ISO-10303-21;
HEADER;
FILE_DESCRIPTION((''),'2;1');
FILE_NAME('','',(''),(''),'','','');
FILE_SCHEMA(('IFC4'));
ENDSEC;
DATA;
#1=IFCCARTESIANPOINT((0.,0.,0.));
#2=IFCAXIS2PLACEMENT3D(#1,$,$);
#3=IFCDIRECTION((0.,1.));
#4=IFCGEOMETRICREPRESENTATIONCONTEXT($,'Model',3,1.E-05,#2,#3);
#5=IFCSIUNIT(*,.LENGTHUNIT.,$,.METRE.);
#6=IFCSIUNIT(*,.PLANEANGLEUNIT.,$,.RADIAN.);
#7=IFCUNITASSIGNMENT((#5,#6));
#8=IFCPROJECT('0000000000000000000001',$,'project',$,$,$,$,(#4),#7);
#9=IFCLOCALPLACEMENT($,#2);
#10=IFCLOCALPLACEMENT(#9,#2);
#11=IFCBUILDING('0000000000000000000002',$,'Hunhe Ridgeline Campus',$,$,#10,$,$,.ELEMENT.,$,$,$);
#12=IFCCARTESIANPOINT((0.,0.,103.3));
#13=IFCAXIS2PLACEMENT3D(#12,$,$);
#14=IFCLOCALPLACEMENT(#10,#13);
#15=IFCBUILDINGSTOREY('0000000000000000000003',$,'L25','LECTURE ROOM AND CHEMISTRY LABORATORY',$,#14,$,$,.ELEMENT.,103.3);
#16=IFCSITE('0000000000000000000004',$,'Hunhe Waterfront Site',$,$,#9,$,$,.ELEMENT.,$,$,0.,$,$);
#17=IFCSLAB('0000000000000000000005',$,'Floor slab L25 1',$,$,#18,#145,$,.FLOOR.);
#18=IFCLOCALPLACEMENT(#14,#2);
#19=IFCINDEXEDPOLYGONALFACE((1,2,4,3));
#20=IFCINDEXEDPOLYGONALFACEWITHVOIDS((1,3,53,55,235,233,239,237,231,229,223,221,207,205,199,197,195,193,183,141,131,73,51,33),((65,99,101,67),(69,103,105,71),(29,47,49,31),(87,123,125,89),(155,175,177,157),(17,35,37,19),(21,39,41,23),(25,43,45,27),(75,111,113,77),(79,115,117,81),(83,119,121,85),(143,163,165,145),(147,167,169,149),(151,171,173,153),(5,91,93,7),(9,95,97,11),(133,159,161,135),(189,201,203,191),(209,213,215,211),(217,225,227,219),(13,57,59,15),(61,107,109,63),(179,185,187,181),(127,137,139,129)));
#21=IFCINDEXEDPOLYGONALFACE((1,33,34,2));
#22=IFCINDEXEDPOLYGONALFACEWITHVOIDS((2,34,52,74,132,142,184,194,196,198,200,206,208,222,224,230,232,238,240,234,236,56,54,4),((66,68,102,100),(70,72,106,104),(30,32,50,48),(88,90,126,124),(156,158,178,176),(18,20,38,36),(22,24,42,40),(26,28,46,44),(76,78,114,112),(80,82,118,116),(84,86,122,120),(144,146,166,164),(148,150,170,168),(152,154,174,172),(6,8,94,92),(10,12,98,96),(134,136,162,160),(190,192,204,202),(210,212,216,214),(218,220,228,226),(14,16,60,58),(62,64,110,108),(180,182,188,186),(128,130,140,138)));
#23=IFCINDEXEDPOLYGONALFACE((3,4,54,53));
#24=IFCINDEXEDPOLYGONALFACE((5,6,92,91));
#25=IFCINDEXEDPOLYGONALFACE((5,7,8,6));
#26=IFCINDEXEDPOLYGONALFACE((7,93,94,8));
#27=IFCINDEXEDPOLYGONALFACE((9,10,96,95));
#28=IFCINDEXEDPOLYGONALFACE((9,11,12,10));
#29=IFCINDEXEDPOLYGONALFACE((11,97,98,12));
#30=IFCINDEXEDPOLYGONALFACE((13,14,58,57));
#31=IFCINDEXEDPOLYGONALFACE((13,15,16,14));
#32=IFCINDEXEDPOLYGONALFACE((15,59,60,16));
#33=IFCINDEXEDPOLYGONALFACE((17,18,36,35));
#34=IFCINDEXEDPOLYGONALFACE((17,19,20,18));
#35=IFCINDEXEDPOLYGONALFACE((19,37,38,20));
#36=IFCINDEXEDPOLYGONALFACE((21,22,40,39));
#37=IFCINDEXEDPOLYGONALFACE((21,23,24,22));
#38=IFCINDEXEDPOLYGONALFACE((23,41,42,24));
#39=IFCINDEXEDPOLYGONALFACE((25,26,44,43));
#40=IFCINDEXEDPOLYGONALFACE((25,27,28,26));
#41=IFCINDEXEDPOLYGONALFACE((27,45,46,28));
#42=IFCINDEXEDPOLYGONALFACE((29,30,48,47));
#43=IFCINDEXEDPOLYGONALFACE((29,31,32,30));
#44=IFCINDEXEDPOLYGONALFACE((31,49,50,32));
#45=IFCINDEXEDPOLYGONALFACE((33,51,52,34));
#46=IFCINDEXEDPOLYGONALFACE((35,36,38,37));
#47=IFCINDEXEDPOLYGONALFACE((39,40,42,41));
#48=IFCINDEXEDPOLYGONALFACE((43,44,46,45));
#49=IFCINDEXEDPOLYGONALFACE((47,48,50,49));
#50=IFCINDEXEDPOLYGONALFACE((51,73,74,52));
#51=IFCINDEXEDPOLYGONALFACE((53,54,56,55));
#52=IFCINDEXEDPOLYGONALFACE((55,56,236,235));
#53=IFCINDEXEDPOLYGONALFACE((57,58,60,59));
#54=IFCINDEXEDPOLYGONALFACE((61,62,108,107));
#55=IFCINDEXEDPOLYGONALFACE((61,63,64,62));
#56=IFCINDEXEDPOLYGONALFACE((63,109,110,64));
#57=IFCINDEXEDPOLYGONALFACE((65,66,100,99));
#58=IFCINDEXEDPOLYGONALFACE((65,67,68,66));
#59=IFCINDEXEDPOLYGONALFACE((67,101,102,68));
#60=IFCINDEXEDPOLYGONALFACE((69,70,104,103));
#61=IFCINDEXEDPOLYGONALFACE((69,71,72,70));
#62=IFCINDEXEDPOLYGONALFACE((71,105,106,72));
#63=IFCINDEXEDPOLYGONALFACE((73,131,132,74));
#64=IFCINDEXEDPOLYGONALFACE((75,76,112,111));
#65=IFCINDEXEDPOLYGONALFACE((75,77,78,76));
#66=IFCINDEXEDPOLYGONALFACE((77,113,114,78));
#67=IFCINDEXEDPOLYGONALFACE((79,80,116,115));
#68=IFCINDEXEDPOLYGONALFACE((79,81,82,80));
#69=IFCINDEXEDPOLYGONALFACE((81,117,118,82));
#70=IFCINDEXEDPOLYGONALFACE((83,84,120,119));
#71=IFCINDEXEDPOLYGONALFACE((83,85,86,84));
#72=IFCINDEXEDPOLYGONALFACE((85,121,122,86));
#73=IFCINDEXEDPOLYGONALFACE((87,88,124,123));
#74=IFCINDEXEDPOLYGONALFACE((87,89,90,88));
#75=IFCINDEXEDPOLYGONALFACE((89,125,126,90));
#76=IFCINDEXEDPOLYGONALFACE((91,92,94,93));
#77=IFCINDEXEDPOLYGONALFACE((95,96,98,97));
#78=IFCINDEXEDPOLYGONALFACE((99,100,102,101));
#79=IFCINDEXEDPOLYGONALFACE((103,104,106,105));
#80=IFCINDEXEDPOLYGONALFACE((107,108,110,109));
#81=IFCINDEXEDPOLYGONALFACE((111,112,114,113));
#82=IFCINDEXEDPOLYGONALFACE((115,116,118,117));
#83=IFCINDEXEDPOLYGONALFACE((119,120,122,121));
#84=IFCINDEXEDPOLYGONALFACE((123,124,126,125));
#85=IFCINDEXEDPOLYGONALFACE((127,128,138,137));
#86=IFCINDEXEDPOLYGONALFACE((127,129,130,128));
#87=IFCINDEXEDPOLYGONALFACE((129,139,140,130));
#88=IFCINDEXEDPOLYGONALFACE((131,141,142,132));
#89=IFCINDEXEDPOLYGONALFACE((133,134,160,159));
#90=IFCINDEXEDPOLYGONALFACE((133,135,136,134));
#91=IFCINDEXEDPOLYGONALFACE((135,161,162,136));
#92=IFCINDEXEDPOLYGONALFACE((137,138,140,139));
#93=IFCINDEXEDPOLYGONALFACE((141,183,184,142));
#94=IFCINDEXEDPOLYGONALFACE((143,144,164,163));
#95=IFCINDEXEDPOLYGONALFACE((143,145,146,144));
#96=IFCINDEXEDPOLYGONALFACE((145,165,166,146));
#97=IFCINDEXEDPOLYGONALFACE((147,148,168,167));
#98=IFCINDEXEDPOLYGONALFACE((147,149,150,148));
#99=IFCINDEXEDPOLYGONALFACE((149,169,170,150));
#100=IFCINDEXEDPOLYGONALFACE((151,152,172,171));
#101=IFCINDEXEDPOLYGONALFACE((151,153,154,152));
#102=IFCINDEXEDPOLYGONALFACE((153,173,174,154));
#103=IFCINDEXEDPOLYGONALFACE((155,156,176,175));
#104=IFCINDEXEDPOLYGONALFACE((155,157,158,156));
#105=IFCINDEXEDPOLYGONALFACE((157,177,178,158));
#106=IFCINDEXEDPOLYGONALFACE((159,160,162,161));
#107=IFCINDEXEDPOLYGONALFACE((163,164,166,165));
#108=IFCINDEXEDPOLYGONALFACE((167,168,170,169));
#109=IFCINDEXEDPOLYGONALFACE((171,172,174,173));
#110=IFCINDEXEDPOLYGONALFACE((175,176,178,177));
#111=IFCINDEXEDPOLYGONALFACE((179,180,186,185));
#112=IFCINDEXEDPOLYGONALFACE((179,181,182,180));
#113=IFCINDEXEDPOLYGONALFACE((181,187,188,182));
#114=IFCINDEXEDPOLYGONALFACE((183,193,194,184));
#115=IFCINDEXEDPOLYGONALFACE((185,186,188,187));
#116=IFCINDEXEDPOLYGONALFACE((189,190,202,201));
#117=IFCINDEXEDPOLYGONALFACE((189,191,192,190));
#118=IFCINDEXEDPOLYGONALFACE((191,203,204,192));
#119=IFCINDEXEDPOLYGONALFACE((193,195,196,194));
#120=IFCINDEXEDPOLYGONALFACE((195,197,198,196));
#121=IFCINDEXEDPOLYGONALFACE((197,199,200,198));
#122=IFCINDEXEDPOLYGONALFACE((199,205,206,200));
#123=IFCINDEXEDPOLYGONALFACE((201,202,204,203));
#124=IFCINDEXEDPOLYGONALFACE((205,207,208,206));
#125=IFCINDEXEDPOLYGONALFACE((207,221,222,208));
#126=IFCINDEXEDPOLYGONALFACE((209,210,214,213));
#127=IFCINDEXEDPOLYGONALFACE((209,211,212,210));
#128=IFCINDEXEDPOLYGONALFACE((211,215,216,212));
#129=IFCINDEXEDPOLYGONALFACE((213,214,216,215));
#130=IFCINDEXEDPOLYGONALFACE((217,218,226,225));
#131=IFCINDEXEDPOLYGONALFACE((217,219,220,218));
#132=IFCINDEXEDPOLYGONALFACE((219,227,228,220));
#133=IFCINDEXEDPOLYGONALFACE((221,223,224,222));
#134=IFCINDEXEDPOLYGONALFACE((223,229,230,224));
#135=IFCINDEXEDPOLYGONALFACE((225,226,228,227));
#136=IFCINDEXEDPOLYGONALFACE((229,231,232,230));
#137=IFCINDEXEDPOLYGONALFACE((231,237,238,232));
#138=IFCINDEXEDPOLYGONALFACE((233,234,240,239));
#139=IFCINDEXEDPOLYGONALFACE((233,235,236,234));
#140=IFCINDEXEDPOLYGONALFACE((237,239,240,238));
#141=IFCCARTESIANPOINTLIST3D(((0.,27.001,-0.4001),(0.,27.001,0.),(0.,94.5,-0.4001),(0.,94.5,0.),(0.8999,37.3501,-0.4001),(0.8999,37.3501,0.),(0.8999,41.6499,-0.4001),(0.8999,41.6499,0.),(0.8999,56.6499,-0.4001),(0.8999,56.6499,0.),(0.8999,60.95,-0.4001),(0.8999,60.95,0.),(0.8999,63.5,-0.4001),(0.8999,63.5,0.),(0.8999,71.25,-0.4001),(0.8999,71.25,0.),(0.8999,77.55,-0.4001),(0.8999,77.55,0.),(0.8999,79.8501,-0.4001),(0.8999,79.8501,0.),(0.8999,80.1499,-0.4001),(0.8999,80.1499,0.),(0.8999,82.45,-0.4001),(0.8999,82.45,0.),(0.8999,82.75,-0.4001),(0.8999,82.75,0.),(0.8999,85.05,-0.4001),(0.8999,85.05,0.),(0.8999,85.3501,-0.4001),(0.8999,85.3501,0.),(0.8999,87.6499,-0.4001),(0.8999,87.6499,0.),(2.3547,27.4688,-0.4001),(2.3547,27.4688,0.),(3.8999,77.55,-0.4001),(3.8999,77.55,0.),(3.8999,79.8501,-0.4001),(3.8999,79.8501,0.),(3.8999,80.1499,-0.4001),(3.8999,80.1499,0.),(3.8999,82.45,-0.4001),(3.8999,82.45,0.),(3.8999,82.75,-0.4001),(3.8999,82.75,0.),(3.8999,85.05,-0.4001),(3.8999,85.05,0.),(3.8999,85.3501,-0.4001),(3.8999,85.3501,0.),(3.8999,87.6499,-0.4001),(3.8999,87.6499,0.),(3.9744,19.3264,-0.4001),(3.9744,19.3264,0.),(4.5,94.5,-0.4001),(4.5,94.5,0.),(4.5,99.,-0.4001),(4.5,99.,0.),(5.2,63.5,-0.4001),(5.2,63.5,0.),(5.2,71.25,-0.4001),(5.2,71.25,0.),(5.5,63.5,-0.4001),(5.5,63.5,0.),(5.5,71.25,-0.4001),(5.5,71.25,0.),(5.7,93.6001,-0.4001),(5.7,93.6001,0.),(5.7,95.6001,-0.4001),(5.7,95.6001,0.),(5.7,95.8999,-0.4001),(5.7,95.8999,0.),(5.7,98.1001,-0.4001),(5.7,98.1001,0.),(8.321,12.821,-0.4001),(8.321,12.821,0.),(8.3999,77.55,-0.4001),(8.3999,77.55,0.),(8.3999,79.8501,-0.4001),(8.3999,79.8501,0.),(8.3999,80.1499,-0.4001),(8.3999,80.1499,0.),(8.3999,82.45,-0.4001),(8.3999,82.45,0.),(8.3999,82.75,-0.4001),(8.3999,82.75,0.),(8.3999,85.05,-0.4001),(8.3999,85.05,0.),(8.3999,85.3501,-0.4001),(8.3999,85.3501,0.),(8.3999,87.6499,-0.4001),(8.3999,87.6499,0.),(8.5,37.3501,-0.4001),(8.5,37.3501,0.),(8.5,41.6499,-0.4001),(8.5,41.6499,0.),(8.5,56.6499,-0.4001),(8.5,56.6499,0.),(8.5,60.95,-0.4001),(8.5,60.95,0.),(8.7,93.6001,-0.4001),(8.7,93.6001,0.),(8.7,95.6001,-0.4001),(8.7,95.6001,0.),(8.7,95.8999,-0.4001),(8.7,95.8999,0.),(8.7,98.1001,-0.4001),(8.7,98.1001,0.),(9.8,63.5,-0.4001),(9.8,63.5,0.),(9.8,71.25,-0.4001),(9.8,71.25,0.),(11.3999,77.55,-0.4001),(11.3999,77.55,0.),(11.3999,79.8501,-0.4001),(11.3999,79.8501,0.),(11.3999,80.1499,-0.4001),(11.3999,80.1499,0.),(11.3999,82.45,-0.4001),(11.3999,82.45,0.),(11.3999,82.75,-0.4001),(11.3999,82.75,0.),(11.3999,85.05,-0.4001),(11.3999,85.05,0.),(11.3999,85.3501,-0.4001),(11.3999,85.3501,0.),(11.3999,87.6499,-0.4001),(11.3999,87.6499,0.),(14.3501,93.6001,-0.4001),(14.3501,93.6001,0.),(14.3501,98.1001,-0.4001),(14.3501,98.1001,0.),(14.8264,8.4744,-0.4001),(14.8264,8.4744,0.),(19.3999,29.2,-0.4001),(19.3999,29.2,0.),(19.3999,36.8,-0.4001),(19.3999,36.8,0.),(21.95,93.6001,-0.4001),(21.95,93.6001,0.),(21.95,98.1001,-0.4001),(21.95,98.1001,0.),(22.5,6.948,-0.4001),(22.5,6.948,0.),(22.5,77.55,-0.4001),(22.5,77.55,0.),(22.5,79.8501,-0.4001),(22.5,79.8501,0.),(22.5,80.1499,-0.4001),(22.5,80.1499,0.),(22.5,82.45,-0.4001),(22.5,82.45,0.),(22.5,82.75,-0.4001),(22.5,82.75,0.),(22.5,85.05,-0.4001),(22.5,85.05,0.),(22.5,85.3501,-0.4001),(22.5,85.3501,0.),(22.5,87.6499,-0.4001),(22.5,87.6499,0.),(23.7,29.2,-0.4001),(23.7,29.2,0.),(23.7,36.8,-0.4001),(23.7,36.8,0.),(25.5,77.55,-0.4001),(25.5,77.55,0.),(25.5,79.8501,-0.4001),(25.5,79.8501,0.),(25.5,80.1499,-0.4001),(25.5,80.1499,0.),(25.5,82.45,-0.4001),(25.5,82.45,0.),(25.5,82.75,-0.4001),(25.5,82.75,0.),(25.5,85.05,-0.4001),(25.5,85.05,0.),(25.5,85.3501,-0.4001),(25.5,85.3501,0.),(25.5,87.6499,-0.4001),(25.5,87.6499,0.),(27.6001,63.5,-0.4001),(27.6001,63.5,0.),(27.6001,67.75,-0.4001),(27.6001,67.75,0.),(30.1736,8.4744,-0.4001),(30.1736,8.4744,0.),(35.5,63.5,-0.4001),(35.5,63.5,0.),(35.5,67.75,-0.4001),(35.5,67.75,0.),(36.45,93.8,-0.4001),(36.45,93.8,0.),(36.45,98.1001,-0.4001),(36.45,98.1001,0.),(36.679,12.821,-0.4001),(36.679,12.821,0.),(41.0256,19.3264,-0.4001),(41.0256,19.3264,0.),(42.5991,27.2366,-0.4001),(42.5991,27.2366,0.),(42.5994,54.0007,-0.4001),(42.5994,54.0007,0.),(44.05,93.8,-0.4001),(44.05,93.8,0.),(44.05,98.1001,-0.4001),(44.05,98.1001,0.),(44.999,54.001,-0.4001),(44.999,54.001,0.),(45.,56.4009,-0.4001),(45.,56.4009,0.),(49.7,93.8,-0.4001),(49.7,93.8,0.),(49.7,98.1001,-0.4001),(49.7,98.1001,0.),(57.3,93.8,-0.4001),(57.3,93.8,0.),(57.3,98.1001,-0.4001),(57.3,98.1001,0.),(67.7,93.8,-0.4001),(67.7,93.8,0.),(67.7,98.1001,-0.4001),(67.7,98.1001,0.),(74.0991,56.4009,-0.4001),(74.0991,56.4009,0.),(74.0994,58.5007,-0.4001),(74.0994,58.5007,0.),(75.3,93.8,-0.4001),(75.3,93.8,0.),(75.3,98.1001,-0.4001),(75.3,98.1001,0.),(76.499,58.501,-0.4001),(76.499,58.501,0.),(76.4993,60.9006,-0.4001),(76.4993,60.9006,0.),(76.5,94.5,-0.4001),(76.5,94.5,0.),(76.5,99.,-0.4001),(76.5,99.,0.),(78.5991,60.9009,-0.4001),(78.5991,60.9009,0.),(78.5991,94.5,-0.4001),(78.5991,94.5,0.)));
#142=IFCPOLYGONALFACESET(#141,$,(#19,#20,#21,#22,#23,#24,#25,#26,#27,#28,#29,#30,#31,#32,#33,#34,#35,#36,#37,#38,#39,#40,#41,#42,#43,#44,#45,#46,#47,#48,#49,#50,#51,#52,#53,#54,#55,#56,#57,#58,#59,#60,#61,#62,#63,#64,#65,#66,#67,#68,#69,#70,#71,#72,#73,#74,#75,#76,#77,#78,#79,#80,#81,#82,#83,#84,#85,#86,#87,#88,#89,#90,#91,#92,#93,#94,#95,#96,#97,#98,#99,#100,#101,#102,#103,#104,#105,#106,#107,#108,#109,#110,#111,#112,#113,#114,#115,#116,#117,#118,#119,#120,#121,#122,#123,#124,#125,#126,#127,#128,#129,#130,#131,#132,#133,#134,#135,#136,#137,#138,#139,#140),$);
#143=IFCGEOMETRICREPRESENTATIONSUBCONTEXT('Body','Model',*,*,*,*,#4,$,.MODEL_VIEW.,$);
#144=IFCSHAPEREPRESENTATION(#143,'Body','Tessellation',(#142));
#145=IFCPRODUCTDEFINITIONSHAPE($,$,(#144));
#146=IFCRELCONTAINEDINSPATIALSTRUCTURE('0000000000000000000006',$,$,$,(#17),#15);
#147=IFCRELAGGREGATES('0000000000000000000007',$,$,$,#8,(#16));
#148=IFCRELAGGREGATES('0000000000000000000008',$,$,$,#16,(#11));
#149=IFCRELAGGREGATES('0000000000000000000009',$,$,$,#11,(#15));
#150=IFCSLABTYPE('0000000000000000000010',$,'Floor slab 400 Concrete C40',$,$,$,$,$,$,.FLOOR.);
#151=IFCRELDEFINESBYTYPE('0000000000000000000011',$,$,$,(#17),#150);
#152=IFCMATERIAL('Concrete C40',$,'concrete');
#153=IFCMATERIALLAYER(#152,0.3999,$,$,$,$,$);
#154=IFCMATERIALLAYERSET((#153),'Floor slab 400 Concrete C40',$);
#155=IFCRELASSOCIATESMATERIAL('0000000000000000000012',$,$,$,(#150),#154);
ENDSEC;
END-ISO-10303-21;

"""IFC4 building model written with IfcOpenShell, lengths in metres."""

from ifc_helpers import new_model, si_unit, direction, frame, origin, place, context, subcontext, project, spatial, polyline, outline, extrude, material, layer, layer_set, type_object, element, save


model = new_model("IFC4")

# Units and contexts
model_context = context("Model", 3, precision=1e-05, world=origin(), true_north=direction((0.0, 1.0)))
body_context = subcontext(model_context, "Body", "Model", "MODEL_VIEW")
ifc_project = project(units=[si_unit("LENGTHUNIT", "METRE"), si_unit("PLANEANGLEUNIT", "RADIAN")], contexts=[model_context])

# Site, building, storey
site_placement = place(None, origin())
site = spatial("IfcSite", under=ifc_project, at=site_placement, Name="Hunhe Waterfront Site", CompositionType="ELEMENT", RefElevation=0.0)
building_placement = place(site_placement, origin())
building = spatial("IfcBuilding", under=site, at=building_placement, Name="Hunhe Ridgeline Campus", CompositionType="ELEMENT")
storey_placement = place(building_placement, frame((0.0, 0.0, 103.3)))
storey = spatial("IfcBuildingStorey", under=building, at=storey_placement, Name="L25", Description="LECTURE ROOM AND CHEMISTRY LABORATORY", CompositionType="ELEMENT", Elevation=103.3)

# Slab
ifc_material_1 = material(Name="Concrete C40", Category="concrete")
ifc_layer_1 = layer(ifc_material_1, 0.3999)
ifc_layer_set_1 = layer_set([ifc_layer_1], Name="Floor slab 400 Concrete C40")
slab_type_1 = type_object("IfcSlabType", Name="Floor slab 400 Concrete C40", PredefinedType="FLOOR", material=ifc_layer_set_1)
slab_1_placement = place(storey_placement, frame((0.0, 0.0, -0.4001)))
element("IfcSlab", 1, at=slab_1_placement, inside=storey, type_object=slab_type_1, Name="Floor slab L25 1", PredefinedType="FLOOR", context=body_context, shape_type="SweptSolid", body=[
    extrude(outline(polyline([(0.0, 27.001), (2.3547, 27.4688), (3.9744, 19.3264), (8.321, 12.821), (14.8264, 8.4744), (22.5, 6.948), (30.1736, 8.4744), (36.679, 12.821), (41.0256, 19.3264), (42.5991, 27.2366), (42.5994, 54.0007), (44.999, 54.001), (45.0, 56.4009), (74.0991, 56.4009), (74.0994, 58.5007), (76.499, 58.501), (76.4993, 60.9006), (78.5991, 60.9009), (78.5991, 94.5), (76.5, 94.5), (76.5, 99.0), (4.5, 99.0), (4.5, 94.5), (0.0, 94.5), (0.0, 27.001)]), holes=[polyline([(67.7, 93.8), (75.3, 93.8), (75.3, 98.1001), (67.7, 98.1001), (67.7, 93.8)]), polyline([(57.3, 93.8), (57.3, 98.1001), (49.7, 98.1001), (49.7, 93.8), (57.3, 93.8)]), polyline([(44.05, 98.1001), (36.45, 98.1001), (36.45, 93.8), (44.05, 93.8), (44.05, 98.1001)]), polyline([(27.6001, 67.75), (27.6001, 63.5), (35.5, 63.5), (35.5, 67.75), (27.6001, 67.75)]), polyline([(25.5, 85.3501), (25.5, 87.6499), (22.5, 87.6499), (22.5, 85.3501), (25.5, 85.3501)]), polyline([(25.5, 85.05), (22.5, 85.05), (22.5, 82.75), (25.5, 82.75), (25.5, 85.05)]), polyline([(22.5, 82.45), (22.5, 80.1499), (25.5, 80.1499), (25.5, 82.45), (22.5, 82.45)]), polyline([(22.5, 77.55), (25.5, 77.55), (25.5, 79.8501), (22.5, 79.8501), (22.5, 77.55)]), polyline([(19.3999, 29.2), (23.7, 29.2), (23.7, 36.8), (19.3999, 36.8), (19.3999, 29.2)]), polyline([(21.95, 98.1001), (14.3501, 98.1001), (14.3501, 93.6001), (21.95, 93.6001), (21.95, 98.1001)]), polyline([(8.3999, 82.45), (8.3999, 80.1499), (11.3999, 80.1499), (11.3999, 82.45), (8.3999, 82.45)]), polyline([(11.3999, 85.3501), (11.3999, 87.6499), (8.3999, 87.6499), (8.3999, 85.3501), (11.3999, 85.3501)]), polyline([(11.3999, 85.05), (8.3999, 85.05), (8.3999, 82.75), (11.3999, 82.75), (11.3999, 85.05)]), polyline([(8.3999, 77.55), (11.3999, 77.55), (11.3999, 79.8501), (8.3999, 79.8501), (8.3999, 77.55)]), polyline([(5.5, 63.5), (9.8, 63.5), (9.8, 71.25), (5.5, 71.25), (5.5, 63.5)]), polyline([(5.7, 98.1001), (5.7, 95.8999), (8.7, 95.8999), (8.7, 98.1001), (5.7, 98.1001)]), polyline([(5.7, 93.6001), (8.7, 93.6001), (8.7, 95.6001), (5.7, 95.6001), (5.7, 93.6001)]), polyline([(0.8999, 60.95), (0.8999, 56.6499), (8.5, 56.6499), (8.5, 60.95), (0.8999, 60.95)]), polyline([(0.8999, 37.3501), (8.5, 37.3501), (8.5, 41.6499), (0.8999, 41.6499), (0.8999, 37.3501)]), polyline([(5.2, 63.5), (5.2, 71.25), (0.8999, 71.25), (0.8999, 63.5), (5.2, 63.5)]), polyline([(3.8999, 85.3501), (3.8999, 87.6499), (0.8999, 87.6499), (0.8999, 85.3501), (3.8999, 85.3501)]), polyline([(3.8999, 85.05), (0.8999, 85.05), (0.8999, 82.75), (3.8999, 82.75), (3.8999, 85.05)]), polyline([(0.8999, 82.45), (0.8999, 80.1499), (3.8999, 80.1499), (3.8999, 82.45), (0.8999, 82.45)]), polyline([(0.8999, 77.55), (3.8999, 77.55), (3.8999, 79.8501), (0.8999, 79.8501), (0.8999, 77.55)])]), origin(), (0.0, 0.0, 1.0), 0.4001),
])

save(model, "model.ifc")
